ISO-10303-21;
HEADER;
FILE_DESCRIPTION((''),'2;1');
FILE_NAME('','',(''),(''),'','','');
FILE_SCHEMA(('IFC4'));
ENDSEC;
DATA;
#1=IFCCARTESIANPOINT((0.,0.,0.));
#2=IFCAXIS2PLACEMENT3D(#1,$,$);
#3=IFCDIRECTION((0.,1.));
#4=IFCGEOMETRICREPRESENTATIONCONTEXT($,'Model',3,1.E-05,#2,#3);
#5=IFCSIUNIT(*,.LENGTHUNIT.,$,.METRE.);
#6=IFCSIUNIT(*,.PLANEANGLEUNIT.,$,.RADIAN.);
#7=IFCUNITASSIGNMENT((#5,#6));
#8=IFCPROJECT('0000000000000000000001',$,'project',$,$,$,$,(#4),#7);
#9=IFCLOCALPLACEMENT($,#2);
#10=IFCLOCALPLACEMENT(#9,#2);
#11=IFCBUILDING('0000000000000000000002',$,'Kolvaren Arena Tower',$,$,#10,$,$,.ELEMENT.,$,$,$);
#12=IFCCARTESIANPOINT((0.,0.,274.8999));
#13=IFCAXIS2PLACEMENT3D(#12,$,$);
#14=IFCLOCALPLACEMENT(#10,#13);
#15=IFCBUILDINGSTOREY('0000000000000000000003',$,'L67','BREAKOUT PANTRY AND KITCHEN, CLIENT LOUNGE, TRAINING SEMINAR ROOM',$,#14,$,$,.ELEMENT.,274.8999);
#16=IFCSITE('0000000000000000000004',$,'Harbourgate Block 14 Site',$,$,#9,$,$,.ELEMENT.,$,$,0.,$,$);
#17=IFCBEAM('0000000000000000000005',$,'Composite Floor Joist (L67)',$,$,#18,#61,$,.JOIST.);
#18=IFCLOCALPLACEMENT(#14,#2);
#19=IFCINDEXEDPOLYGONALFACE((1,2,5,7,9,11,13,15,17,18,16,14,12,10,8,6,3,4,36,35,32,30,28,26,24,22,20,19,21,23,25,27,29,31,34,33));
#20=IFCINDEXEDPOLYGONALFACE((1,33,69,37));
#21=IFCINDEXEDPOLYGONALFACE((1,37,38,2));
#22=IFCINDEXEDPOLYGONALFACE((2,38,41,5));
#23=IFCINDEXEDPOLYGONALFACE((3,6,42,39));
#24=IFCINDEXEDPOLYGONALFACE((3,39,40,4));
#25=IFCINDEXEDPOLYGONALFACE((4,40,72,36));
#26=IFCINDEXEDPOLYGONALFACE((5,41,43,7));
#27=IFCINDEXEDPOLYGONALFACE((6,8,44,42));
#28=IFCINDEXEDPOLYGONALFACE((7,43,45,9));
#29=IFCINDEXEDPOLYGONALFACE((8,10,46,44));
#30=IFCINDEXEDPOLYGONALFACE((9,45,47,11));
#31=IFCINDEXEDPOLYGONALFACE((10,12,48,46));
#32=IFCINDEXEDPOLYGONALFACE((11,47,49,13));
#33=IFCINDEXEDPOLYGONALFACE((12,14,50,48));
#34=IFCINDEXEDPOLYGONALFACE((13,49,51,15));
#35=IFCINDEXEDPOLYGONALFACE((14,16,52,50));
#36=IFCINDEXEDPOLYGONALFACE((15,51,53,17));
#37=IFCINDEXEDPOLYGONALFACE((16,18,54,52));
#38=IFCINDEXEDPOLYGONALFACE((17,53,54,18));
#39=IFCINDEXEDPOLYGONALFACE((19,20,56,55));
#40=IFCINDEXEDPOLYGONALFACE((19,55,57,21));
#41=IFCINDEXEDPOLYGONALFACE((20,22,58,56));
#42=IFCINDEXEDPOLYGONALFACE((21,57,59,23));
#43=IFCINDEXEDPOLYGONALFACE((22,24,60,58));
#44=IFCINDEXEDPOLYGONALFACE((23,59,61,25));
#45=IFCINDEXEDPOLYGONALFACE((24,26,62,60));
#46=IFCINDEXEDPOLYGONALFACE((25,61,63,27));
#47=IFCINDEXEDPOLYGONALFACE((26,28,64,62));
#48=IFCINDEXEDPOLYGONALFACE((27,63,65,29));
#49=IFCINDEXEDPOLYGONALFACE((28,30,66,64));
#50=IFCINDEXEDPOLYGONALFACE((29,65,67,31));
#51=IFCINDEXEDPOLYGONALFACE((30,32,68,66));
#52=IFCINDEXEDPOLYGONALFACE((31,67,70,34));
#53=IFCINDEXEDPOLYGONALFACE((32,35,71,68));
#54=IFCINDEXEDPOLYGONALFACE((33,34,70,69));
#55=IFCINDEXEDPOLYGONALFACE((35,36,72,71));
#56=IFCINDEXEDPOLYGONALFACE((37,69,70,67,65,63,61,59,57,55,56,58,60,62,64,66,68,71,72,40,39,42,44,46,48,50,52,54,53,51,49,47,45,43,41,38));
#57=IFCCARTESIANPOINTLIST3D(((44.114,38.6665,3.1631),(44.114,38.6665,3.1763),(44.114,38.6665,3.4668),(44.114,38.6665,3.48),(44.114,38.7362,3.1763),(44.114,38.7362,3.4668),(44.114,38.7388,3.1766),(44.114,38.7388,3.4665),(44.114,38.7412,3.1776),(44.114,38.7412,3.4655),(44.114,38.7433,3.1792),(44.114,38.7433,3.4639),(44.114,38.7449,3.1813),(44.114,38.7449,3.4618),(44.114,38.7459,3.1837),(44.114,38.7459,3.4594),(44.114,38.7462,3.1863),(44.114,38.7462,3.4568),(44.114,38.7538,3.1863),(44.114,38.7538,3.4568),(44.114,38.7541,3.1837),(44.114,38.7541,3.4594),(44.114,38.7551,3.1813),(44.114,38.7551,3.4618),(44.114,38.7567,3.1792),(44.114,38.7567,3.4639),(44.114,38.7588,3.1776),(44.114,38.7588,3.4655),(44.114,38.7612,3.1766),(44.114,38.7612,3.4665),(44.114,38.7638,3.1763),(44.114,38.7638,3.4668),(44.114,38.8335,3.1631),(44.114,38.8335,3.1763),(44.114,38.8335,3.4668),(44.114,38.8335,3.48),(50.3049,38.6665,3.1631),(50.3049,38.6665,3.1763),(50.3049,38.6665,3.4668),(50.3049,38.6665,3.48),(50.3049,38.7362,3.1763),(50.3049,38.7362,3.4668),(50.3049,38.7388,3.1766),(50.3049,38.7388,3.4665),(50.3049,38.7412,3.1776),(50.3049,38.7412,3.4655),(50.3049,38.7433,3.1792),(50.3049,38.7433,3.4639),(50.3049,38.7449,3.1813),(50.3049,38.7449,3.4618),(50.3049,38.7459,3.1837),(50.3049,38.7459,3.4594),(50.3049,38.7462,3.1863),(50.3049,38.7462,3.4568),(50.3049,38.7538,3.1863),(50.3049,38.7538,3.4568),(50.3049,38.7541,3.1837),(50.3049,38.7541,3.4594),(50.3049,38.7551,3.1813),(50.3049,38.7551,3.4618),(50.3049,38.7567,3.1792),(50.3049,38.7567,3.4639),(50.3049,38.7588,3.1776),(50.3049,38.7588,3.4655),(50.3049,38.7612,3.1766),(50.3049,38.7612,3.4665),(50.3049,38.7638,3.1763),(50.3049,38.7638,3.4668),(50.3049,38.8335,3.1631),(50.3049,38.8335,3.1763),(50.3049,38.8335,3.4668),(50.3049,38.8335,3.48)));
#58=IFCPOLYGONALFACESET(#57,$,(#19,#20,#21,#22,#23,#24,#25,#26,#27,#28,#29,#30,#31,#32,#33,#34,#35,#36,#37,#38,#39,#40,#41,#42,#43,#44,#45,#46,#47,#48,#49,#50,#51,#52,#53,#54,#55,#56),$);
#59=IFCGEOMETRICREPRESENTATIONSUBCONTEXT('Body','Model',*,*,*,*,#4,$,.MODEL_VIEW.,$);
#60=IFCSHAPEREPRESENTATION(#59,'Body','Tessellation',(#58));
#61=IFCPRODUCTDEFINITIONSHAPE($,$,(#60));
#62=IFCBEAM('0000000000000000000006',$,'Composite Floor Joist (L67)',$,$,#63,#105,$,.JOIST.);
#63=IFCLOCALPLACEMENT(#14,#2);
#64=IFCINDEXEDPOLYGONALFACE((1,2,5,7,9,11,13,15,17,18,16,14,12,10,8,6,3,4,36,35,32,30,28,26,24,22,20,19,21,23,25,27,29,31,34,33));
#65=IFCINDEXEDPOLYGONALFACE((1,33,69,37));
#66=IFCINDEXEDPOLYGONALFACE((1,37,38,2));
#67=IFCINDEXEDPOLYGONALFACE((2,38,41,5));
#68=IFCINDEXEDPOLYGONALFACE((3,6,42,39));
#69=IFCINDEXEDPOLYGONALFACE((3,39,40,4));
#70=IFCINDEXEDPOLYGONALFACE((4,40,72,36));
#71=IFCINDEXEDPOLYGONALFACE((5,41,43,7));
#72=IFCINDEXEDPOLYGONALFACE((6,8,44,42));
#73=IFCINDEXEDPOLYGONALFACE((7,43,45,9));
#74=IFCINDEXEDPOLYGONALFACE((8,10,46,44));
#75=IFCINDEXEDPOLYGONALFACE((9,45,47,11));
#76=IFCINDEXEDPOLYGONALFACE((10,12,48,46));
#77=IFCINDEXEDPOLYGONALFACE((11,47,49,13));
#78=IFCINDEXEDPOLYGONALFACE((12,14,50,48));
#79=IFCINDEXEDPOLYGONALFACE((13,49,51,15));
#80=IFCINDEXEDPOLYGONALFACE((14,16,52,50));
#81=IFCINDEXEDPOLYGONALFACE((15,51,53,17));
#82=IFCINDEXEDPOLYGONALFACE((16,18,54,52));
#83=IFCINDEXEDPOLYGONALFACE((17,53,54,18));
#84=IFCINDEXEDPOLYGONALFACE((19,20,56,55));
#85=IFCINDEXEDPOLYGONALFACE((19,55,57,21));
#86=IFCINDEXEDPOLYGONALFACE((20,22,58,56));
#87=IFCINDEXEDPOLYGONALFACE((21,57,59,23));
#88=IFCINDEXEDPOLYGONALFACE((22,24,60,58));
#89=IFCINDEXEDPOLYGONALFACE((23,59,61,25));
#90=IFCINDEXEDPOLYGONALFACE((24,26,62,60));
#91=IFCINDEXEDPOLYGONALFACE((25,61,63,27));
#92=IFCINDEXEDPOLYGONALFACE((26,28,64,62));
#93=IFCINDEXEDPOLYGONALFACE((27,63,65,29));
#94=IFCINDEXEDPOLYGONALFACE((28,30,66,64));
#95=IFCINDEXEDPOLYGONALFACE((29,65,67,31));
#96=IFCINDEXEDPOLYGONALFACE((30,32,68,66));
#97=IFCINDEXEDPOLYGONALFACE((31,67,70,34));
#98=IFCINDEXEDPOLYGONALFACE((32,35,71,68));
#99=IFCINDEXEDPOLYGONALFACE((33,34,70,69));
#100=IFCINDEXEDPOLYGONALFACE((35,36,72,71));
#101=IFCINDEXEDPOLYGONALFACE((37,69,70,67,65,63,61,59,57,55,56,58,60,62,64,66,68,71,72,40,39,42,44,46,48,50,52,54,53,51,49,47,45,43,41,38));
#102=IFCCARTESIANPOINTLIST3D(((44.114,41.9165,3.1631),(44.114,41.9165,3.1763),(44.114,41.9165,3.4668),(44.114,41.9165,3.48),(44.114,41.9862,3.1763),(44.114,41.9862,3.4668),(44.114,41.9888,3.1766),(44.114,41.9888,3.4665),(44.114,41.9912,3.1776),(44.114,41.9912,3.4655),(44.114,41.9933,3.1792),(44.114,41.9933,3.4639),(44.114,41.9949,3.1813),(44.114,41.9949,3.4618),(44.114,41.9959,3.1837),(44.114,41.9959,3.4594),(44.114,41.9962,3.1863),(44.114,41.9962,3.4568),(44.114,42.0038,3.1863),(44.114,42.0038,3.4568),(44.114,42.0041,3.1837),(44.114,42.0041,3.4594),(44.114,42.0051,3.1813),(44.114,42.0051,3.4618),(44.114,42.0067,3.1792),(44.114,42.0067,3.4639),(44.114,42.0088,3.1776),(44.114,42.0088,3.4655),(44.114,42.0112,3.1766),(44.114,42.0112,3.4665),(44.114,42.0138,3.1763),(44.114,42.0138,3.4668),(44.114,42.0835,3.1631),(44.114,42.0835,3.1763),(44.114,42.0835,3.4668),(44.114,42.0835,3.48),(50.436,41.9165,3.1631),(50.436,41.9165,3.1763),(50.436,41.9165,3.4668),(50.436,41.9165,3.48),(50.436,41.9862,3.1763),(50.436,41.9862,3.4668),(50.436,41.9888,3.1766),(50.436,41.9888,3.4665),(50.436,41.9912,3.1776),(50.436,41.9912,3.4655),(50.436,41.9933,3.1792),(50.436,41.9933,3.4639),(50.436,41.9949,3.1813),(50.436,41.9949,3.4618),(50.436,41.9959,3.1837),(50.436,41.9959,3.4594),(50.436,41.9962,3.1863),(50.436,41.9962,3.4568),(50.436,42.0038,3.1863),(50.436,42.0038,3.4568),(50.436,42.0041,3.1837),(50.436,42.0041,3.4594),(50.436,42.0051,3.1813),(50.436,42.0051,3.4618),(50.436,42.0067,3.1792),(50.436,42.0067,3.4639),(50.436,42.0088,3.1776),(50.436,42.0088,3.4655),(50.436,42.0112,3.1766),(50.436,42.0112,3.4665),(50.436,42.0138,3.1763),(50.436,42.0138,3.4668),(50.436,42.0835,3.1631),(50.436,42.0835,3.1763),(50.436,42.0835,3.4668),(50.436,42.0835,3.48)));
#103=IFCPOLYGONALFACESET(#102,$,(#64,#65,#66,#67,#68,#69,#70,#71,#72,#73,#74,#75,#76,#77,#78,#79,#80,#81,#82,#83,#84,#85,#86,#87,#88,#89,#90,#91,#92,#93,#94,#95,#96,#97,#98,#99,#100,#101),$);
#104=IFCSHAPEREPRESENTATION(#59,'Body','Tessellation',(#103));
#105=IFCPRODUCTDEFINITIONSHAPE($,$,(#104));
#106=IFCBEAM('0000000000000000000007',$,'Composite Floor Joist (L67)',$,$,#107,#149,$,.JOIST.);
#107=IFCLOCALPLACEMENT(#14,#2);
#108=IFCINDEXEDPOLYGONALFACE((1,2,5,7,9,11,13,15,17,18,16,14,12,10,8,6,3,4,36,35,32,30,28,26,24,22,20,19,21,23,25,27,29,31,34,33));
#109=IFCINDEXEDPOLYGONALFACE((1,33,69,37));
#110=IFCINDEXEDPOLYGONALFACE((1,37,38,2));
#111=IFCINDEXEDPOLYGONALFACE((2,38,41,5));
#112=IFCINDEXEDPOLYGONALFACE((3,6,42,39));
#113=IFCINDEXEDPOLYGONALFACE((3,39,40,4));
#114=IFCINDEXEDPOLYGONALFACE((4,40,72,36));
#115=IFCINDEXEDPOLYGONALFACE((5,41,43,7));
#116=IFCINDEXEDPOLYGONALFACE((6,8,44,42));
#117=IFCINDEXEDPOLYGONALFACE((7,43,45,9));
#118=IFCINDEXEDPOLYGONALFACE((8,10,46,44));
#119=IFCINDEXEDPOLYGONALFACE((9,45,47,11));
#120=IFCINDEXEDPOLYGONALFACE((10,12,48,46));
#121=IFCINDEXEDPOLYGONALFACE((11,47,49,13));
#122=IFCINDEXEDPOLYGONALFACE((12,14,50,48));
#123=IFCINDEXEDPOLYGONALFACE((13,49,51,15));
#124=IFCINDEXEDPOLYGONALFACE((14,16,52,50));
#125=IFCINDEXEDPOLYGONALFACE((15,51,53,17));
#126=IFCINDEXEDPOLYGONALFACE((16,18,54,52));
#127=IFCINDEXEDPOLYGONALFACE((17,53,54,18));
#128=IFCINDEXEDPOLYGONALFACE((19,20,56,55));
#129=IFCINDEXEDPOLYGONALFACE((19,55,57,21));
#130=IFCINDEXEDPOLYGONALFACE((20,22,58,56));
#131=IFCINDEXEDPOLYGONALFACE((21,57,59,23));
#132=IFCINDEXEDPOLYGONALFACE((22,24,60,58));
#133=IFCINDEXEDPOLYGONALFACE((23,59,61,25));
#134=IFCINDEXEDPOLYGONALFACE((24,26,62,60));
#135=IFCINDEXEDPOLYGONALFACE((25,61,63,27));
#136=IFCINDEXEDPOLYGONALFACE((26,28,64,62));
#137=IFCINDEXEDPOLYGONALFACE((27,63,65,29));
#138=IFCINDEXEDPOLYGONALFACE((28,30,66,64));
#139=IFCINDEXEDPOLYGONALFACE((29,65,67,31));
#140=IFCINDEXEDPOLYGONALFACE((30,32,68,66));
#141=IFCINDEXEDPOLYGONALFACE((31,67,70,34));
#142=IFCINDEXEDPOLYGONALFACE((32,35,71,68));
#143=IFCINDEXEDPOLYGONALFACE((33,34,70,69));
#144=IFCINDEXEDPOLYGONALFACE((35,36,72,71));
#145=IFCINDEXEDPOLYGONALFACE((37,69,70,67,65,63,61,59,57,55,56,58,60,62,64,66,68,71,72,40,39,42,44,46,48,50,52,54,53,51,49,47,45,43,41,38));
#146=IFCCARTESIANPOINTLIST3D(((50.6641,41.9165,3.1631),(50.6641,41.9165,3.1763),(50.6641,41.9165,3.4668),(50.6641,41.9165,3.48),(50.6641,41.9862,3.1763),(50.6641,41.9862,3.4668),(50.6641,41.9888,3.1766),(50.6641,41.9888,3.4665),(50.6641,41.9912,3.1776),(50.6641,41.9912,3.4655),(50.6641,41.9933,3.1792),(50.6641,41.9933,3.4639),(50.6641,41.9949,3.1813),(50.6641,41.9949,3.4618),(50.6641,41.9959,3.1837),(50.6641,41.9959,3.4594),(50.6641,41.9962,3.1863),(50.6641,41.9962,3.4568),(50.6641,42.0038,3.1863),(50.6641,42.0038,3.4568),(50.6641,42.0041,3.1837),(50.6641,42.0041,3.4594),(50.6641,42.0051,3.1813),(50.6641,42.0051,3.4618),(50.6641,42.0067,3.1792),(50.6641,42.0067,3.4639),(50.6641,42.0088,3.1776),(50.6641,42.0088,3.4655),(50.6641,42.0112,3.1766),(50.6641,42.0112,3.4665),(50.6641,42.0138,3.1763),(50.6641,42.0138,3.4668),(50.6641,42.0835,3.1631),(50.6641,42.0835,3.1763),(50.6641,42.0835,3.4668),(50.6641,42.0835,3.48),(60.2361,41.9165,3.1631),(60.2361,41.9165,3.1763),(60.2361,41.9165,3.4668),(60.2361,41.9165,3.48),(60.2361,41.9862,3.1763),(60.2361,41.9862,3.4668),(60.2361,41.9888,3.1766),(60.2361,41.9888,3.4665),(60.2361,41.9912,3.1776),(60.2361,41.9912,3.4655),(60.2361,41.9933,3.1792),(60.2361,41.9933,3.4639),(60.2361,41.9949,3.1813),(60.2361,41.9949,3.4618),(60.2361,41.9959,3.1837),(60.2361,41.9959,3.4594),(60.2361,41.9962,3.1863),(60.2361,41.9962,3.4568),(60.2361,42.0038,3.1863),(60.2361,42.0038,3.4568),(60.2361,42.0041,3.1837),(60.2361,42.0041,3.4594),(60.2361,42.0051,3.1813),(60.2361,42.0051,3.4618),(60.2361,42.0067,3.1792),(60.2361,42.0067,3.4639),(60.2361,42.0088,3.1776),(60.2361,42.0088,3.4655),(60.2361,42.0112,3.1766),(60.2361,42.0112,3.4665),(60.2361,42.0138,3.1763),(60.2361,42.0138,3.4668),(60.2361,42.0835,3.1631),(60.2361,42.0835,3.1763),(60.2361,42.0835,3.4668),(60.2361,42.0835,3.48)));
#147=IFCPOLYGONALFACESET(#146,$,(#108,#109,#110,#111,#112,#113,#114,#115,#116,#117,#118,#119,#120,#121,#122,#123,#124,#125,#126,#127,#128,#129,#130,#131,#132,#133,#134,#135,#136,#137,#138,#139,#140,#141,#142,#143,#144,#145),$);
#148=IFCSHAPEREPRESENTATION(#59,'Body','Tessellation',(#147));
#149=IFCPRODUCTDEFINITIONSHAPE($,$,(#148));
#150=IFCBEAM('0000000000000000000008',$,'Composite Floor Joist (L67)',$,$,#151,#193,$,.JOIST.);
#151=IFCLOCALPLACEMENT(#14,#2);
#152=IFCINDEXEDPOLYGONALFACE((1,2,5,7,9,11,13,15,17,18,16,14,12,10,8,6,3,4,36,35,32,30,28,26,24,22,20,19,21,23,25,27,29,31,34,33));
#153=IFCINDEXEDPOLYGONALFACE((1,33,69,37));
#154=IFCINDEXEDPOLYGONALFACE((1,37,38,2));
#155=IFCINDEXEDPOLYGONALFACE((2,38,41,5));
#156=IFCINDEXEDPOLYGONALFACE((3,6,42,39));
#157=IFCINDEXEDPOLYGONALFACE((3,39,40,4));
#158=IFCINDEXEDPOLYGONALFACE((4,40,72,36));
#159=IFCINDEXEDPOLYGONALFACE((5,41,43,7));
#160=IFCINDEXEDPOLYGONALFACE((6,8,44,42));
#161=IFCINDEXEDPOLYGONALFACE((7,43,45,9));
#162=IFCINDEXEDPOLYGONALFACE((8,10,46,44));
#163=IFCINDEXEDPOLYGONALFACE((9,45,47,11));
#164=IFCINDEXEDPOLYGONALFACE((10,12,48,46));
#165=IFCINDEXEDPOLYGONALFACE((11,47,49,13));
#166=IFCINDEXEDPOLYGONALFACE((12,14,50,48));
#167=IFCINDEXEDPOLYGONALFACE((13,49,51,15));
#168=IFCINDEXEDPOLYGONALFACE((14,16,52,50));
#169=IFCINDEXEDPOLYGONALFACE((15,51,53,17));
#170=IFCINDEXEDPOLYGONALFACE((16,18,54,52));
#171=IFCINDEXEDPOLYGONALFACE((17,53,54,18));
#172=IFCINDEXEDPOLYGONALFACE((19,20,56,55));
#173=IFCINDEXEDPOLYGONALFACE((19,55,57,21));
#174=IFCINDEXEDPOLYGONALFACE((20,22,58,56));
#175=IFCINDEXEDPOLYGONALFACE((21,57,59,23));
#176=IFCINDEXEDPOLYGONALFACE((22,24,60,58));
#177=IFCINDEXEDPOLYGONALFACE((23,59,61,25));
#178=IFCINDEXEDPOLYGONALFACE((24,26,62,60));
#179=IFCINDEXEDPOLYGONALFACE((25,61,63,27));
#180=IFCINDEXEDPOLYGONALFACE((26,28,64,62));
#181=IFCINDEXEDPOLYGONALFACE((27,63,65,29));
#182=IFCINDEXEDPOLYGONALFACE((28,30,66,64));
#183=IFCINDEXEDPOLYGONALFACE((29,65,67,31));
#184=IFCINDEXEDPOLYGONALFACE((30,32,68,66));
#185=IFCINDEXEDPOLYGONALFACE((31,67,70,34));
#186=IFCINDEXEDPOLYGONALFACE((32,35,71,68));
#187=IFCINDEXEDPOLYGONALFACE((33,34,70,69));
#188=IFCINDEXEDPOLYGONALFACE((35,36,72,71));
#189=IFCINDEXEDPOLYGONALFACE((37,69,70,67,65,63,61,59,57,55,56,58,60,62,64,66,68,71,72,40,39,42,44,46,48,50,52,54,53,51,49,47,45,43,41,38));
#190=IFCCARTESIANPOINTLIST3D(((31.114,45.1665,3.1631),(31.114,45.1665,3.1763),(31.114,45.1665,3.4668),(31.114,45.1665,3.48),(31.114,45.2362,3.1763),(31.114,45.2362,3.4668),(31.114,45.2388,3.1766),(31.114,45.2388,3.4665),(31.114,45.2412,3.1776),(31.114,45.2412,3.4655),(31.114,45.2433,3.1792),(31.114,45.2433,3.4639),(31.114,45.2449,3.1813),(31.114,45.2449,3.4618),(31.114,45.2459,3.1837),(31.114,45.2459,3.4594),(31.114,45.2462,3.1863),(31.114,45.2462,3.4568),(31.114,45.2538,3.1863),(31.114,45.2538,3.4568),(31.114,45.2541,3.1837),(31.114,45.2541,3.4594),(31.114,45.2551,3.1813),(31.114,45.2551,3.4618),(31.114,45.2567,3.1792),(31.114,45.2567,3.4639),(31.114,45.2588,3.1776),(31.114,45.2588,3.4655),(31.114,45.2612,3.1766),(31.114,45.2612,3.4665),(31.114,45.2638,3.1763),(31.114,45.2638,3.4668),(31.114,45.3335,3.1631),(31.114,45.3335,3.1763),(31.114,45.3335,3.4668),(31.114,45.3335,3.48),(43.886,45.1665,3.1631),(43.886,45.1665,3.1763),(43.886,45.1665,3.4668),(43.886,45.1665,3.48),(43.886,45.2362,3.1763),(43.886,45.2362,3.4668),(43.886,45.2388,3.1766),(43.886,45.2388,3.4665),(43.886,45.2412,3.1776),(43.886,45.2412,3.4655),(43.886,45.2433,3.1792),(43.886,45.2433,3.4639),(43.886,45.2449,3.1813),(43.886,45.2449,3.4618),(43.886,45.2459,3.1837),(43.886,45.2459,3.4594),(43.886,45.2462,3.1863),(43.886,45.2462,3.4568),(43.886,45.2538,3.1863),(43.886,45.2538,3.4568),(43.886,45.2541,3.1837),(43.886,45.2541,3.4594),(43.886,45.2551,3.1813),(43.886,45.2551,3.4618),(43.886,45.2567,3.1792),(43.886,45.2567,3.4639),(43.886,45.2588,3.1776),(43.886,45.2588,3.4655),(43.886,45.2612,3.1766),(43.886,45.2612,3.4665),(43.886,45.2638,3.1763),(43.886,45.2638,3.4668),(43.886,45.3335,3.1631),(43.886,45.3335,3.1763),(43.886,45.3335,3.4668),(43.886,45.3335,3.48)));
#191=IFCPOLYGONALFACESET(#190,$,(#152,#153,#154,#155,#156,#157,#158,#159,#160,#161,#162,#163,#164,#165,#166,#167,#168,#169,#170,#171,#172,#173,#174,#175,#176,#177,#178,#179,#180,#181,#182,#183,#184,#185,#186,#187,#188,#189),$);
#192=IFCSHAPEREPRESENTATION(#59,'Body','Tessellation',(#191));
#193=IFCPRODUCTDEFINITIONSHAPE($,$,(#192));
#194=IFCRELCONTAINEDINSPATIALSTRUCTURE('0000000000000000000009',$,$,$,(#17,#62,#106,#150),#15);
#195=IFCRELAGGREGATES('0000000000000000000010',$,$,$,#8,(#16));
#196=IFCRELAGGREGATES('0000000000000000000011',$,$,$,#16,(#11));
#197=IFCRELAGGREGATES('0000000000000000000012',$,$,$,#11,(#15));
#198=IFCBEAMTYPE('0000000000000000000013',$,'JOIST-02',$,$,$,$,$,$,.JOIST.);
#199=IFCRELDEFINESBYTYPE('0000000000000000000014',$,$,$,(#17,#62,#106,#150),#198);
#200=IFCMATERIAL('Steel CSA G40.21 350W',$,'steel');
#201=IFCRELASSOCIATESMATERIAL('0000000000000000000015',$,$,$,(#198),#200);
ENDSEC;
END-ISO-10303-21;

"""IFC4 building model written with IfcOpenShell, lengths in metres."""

from ifc_helpers import new_model, si_unit, direction, frame, origin, origin_2d, place, context, subcontext, project, spatial, i_section, extrude, material, material_profile, profile_set, type_object, element, save


model = new_model("IFC4")

# Units and contexts
model_context = context("Model", 3, precision=1e-05, world=origin(), true_north=direction((0.0, 1.0)))
body_context = subcontext(model_context, "Body", "Model", "MODEL_VIEW")
ifc_project = project(units=[si_unit("LENGTHUNIT", "METRE"), si_unit("PLANEANGLEUNIT", "RADIAN")], contexts=[model_context])

# Site, building, storey
site_placement = place(None, origin())
site = spatial("IfcSite", under=ifc_project, at=site_placement, Name="Harbourgate Block 14 Site", CompositionType="ELEMENT", RefElevation=0.0)
building_placement = place(site_placement, origin())
building = spatial("IfcBuilding", under=site, at=building_placement, Name="Kolvaren Arena Tower", CompositionType="ELEMENT")
storey_placement = place(building_placement, frame((0.0, 0.0, 274.8999)))
storey = spatial("IfcBuildingStorey", under=building, at=storey_placement, Name="L67", Description="BREAKOUT PANTRY AND KITCHEN, CLIENT LOUNGE, TRAINING SEMINAR ROOM", CompositionType="ELEMENT", Elevation=274.8999)

# Beams
ifc_material_1 = material(Name="Steel CSA G40.21 350W", Category="steel")
ifc_material_profile_1 = material_profile(ifc_material_1, i_section(OverallWidth=0.167, OverallDepth=0.3169, WebThickness=0.0076, FlangeThickness=0.0132, FilletRadius=0.01, at=origin_2d()), Name="W310x52")
ifc_profile_set_1 = profile_set([ifc_material_profile_1], Name="Steel CSA G40.21 350W")
beam_type_1 = type_object("IfcBeamType", Name="JOIST-02", PredefinedType="JOIST", material=ifc_profile_set_1)
for number, where, z_axis, x_axis, name in (
    (1, (44.114, 38.75, 3.3215), (1.0, 0.0, 0.0), (0.0, 1.0, 0.0), "Composite Floor Joist (L67)"),
):
    element("IfcBeam", number, at=place(storey_placement, frame(where, z_axis=z_axis, x_axis=x_axis)), inside=storey, type_object=beam_type_1, Name=name, PredefinedType="JOIST", context=body_context, shape_type="SweptSolid", body=[
        extrude(i_section(OverallWidth=0.167, OverallDepth=0.3169, WebThickness=0.0076, FlangeThickness=0.0132, FilletRadius=0.01, at=origin_2d()), origin(), (0.0, 0.0, 1.0), 6.1909),
    ])
beam_1_placement = place(storey_placement, frame((44.114, 42.0, 3.3215), z_axis=(1.0, 0.0, 0.0), x_axis=(0.0, 1.0, 0.0)))
element("IfcBeam", 2, at=beam_1_placement, inside=storey, type_object=beam_type_1, Name="Composite Floor Joist (L67)", PredefinedType="JOIST", context=body_context, shape_type="SweptSolid", body=[
    extrude(i_section(OverallWidth=0.167, OverallDepth=0.3169, WebThickness=0.0076, FlangeThickness=0.0132, FilletRadius=0.01, at=origin_2d()), origin(), (0.0, 0.0, 1.0), 6.322),
])
beam_2_placement = place(storey_placement, frame((50.6641, 42.0, 3.3215), z_axis=(1.0, 0.0, 0.0), x_axis=(0.0, 1.0, 0.0)))
element("IfcBeam", 3, at=beam_2_placement, inside=storey, type_object=beam_type_1, Name="Composite Floor Joist (L67)", PredefinedType="JOIST", context=body_context, shape_type="SweptSolid", body=[
    extrude(i_section(OverallWidth=0.167, OverallDepth=0.3169, WebThickness=0.0076, FlangeThickness=0.0132, FilletRadius=0.01, at=origin_2d()), origin(), (0.0, 0.0, 1.0), 9.572),
])
beam_3_placement = place(storey_placement, frame((31.114, 45.25, 3.3215), z_axis=(1.0, 0.0, 0.0), x_axis=(0.0, 1.0, 0.0)))
element("IfcBeam", 4, at=beam_3_placement, inside=storey, type_object=beam_type_1, Name="Composite Floor Joist (L67)", PredefinedType="JOIST", context=body_context, shape_type="SweptSolid", body=[
    extrude(i_section(OverallWidth=0.167, OverallDepth=0.3169, WebThickness=0.0076, FlangeThickness=0.0132, FilletRadius=0.01, at=origin_2d()), origin(), (0.0, 0.0, 1.0), 12.772),
])

save(model, "model.ifc")
